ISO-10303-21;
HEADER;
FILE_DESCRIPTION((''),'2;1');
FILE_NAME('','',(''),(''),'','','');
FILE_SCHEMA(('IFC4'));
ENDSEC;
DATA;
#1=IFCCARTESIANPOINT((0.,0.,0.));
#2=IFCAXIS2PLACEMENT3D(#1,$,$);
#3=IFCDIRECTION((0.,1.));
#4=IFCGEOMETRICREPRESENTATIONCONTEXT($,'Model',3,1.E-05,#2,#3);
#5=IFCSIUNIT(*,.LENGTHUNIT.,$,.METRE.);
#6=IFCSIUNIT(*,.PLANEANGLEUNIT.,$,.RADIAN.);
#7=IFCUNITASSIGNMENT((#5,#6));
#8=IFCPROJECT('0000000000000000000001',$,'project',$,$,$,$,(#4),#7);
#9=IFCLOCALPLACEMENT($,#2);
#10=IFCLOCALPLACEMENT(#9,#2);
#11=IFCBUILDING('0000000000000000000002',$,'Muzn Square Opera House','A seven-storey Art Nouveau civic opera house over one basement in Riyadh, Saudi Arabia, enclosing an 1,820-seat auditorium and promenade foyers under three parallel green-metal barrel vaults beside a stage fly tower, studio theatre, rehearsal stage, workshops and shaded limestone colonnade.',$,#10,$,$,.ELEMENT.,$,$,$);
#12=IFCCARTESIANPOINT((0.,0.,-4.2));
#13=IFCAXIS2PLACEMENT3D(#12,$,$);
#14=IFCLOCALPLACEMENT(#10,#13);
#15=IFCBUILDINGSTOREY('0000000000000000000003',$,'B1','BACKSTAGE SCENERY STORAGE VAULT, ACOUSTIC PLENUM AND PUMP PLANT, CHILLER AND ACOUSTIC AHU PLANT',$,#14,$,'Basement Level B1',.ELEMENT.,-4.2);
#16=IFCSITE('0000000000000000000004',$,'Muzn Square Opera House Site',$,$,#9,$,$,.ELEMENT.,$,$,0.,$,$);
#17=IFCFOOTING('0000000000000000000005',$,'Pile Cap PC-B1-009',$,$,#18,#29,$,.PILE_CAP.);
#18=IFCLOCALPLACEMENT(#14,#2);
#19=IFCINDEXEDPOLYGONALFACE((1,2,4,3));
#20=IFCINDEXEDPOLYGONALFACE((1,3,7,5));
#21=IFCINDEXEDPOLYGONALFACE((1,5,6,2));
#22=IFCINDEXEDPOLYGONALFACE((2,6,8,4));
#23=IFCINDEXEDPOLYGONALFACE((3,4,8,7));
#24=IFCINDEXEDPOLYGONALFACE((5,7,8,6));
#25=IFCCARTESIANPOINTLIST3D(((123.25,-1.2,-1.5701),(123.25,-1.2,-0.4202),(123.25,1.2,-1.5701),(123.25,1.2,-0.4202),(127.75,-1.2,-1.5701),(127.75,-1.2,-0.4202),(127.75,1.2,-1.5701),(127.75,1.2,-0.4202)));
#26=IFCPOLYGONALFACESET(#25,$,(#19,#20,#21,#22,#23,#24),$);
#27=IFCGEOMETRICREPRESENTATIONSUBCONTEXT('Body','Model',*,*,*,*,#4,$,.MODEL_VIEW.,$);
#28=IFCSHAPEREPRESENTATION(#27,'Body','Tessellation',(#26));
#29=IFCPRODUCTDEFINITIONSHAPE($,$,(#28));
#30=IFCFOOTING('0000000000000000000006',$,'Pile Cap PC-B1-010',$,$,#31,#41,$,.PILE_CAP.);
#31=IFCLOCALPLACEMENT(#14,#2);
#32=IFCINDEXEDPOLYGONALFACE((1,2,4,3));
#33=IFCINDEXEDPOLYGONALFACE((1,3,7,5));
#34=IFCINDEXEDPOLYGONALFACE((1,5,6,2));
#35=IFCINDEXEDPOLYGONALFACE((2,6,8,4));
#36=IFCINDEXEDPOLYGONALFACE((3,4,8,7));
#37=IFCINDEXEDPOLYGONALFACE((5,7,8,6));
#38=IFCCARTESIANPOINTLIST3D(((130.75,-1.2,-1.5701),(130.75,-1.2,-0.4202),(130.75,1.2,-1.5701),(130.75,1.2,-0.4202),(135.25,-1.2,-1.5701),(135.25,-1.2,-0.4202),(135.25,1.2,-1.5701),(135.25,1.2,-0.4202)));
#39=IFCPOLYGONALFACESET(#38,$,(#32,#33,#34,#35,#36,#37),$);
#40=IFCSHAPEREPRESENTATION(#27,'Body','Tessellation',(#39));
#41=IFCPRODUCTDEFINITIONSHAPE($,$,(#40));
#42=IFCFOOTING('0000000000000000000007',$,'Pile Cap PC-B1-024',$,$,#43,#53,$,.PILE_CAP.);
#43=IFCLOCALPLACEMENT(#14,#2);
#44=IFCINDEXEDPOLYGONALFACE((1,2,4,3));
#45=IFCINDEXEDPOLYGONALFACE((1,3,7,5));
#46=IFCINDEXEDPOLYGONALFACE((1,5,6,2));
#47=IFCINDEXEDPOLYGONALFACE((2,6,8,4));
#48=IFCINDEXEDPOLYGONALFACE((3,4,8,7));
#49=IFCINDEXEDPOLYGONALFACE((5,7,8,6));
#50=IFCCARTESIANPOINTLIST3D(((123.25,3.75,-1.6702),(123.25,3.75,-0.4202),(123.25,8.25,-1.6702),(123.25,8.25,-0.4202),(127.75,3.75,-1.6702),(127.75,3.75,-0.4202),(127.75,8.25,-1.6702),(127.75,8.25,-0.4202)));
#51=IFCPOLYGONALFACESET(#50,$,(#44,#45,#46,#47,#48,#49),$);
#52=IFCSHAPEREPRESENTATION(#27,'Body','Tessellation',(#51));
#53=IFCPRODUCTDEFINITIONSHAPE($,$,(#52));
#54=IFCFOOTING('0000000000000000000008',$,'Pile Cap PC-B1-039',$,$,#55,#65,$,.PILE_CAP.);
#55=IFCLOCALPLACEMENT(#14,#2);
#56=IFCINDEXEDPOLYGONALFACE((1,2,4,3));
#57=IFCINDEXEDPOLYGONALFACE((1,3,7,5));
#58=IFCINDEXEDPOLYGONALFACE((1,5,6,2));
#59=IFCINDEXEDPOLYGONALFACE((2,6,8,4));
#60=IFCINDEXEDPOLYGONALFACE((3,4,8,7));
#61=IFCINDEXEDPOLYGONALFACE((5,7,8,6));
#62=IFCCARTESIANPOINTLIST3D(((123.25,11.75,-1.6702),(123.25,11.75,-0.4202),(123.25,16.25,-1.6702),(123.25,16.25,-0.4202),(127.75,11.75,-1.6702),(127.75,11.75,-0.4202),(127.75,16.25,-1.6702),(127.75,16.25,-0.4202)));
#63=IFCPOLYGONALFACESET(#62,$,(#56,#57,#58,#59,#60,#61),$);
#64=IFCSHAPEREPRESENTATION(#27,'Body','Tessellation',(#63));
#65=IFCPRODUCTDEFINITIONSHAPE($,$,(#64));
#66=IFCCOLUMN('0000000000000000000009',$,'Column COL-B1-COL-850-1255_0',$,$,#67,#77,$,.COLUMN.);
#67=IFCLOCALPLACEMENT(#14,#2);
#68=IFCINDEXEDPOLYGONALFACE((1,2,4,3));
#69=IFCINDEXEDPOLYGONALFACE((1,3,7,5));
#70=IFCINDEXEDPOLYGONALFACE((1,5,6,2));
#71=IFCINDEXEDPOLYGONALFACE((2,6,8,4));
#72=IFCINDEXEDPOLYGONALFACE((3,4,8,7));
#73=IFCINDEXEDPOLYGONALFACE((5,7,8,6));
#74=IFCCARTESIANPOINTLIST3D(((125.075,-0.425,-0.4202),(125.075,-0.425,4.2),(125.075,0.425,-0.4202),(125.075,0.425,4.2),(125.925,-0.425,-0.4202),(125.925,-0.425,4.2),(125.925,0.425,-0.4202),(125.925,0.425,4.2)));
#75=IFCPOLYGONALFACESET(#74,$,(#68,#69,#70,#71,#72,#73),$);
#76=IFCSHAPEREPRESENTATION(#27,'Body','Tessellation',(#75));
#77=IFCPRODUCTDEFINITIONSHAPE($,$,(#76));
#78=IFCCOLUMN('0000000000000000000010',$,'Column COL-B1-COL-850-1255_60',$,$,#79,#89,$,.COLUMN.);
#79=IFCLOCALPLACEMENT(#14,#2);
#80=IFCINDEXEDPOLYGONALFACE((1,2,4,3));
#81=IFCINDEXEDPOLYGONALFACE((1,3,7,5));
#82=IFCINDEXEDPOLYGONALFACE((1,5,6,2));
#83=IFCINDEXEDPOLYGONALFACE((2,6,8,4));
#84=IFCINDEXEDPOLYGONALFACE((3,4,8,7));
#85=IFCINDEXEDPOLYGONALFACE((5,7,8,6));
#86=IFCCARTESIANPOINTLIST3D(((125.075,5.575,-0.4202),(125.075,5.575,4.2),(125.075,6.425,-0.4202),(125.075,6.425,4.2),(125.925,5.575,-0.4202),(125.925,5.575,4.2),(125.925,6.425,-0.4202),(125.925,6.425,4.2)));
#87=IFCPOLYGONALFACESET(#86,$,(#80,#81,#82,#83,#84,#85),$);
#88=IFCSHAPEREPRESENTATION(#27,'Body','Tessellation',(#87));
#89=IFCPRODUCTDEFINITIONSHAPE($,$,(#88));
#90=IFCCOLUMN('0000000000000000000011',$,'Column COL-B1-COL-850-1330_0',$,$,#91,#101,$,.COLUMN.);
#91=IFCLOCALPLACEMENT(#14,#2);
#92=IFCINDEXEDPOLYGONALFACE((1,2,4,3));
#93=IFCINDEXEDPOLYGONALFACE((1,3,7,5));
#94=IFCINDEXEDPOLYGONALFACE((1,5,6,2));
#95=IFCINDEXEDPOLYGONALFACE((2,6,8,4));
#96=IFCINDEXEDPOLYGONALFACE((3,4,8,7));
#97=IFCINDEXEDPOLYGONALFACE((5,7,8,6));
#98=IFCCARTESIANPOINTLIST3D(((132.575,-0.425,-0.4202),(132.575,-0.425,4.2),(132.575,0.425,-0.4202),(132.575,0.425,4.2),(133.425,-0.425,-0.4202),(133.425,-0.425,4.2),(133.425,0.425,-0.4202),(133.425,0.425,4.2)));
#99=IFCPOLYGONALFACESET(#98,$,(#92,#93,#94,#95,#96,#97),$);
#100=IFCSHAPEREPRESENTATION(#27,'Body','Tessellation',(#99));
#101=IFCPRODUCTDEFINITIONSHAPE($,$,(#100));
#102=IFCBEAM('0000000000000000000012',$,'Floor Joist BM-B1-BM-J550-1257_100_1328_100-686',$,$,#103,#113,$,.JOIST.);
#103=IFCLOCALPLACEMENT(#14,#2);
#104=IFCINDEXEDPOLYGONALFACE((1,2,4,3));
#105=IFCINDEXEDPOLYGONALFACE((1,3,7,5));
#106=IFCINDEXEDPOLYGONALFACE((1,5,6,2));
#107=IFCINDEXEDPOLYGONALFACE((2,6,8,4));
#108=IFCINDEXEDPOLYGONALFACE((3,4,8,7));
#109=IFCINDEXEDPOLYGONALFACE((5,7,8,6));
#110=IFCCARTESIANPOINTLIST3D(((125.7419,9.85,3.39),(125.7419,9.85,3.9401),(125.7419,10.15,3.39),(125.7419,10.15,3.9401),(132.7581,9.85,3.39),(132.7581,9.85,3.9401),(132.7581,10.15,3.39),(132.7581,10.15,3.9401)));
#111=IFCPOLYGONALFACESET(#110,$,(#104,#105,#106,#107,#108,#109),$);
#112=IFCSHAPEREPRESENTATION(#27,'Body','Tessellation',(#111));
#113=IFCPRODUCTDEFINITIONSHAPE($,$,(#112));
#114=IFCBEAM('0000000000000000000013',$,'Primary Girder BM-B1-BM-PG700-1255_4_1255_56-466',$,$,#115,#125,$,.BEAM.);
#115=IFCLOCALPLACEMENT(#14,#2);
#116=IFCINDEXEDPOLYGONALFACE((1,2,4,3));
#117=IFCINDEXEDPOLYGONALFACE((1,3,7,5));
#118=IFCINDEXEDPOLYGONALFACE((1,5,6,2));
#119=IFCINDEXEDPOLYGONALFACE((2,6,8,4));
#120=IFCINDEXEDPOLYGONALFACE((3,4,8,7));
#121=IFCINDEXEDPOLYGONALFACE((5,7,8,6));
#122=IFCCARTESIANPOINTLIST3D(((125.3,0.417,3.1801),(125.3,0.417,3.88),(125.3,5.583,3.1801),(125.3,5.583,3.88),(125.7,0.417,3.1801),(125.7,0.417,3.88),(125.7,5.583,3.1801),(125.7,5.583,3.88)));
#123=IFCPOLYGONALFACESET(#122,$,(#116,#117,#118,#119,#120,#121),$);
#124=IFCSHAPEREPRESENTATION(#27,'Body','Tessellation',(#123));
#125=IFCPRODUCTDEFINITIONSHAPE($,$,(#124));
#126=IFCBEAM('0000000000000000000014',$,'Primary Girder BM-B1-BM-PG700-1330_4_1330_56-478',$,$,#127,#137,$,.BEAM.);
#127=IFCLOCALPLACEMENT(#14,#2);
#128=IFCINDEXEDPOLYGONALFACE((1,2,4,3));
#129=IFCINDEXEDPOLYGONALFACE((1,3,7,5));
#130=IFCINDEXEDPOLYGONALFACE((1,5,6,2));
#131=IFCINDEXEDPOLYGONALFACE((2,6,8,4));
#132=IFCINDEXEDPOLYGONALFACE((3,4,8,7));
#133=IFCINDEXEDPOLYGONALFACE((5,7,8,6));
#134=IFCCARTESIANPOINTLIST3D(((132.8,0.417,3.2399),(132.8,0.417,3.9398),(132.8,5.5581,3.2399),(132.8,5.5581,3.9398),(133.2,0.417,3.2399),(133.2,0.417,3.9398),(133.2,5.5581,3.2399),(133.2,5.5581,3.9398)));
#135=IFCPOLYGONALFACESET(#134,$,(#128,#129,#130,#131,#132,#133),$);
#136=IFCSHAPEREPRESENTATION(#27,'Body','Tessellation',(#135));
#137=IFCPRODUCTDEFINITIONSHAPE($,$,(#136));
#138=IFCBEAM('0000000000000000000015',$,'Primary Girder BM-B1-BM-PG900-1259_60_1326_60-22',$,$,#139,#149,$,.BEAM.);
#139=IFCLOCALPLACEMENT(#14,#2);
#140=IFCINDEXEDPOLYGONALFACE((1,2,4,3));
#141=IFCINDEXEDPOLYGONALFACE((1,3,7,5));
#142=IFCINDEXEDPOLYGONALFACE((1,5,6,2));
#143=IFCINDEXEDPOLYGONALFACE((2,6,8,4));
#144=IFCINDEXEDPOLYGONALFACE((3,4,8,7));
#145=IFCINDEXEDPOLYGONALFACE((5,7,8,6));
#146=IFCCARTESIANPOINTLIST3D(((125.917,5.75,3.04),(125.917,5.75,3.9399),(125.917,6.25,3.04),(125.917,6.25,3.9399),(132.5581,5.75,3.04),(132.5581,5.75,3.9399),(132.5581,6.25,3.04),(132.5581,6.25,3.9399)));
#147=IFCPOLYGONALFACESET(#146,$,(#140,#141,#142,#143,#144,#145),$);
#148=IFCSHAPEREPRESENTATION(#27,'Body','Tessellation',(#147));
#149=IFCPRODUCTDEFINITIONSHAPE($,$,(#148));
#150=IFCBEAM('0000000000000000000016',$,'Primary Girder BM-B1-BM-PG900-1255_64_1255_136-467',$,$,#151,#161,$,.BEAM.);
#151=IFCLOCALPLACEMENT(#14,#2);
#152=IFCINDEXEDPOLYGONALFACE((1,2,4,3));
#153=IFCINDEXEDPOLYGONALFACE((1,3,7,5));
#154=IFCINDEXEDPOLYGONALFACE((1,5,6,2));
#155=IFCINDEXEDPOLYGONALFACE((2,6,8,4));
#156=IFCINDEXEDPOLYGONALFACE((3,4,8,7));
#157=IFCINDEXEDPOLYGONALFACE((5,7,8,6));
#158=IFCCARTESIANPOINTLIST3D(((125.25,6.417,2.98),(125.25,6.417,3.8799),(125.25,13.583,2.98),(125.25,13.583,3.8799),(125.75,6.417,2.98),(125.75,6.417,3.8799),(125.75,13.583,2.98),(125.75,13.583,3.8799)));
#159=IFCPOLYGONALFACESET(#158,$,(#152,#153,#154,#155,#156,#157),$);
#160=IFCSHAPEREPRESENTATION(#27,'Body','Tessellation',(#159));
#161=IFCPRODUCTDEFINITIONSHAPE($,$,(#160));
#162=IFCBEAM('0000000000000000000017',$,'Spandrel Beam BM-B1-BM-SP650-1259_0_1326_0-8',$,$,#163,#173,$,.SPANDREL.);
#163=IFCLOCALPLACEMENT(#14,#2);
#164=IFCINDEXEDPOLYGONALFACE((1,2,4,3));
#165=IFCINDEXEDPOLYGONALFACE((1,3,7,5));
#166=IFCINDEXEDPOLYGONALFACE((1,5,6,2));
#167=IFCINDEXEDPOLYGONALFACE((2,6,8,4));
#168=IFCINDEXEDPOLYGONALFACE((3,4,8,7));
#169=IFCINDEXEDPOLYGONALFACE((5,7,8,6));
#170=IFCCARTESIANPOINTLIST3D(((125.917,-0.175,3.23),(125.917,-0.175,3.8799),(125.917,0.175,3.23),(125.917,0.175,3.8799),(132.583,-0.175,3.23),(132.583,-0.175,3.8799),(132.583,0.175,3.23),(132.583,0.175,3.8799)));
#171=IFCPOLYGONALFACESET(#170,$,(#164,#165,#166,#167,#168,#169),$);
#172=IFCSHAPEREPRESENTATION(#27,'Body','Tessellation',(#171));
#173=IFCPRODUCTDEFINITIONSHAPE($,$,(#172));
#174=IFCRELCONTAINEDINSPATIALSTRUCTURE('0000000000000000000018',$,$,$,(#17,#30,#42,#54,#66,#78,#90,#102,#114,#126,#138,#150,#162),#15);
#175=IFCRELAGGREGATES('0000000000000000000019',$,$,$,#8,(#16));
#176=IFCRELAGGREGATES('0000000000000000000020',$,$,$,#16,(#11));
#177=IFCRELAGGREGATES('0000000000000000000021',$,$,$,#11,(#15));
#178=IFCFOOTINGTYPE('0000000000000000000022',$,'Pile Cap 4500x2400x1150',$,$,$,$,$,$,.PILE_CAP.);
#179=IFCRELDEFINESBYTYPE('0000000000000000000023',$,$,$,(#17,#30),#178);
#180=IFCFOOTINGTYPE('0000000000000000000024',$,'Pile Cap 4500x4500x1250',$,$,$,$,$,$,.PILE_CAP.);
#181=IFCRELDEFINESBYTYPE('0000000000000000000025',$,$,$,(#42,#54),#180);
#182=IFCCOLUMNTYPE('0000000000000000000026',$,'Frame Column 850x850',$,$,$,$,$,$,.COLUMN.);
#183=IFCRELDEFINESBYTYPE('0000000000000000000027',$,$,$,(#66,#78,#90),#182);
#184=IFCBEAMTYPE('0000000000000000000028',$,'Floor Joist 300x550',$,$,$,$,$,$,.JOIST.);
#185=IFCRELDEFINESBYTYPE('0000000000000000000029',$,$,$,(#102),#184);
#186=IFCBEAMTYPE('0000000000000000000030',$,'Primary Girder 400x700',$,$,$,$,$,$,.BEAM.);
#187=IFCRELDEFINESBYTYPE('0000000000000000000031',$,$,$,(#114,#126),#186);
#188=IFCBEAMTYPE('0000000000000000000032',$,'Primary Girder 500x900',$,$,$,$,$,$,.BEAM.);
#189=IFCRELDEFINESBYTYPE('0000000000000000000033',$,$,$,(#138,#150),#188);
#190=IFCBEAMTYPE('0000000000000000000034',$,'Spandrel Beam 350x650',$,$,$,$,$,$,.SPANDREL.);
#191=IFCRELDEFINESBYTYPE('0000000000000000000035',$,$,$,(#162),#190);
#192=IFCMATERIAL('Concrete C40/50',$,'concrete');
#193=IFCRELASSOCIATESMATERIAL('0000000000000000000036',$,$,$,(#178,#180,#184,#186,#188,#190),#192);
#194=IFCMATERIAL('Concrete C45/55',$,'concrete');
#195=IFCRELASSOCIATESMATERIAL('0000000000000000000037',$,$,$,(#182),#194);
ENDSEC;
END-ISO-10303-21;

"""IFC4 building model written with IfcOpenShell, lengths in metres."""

from ifc_helpers import new_model, si_unit, direction, frame, origin, origin_2d, place, context, subcontext, project, spatial, rectangle, extrude, material, material_profile, profile_set, type_object, element, save


model = new_model("IFC4")

# Units and contexts
model_context = context("Model", 3, precision=1e-05, world=origin(), true_north=direction((0.0, 1.0)))
body_context = subcontext(model_context, "Body", "Model", "MODEL_VIEW")
ifc_project = project(units=[si_unit("LENGTHUNIT", "METRE"), si_unit("PLANEANGLEUNIT", "RADIAN")], contexts=[model_context])

# Site, building, storey
site_placement = place(None, origin())
site = spatial("IfcSite", under=ifc_project, at=site_placement, Name="Muzn Square Opera House Site", CompositionType="ELEMENT", RefElevation=0.0)
building_placement = place(site_placement, origin())
building = spatial("IfcBuilding", under=site, at=building_placement, Name="Muzn Square Opera House", Description="A seven-storey Art Nouveau civic opera house over one basement in Riyadh, Saudi Arabia, enclosing an 1,820-seat auditorium and promenade foyers under three parallel green-metal barrel vaults beside a stage fly tower, studio theatre, rehearsal stage, workshops and shaded limestone colonnade.", CompositionType="ELEMENT")
storey_placement = place(building_placement, frame((0.0, 0.0, -4.2)))
storey = spatial("IfcBuildingStorey", under=building, at=storey_placement, Name="B1", Description="BACKSTAGE SCENERY STORAGE VAULT, ACOUSTIC PLENUM AND PUMP PLANT, CHILLER AND ACOUSTIC AHU PLANT", LongName="Basement Level B1", CompositionType="ELEMENT", Elevation=-4.2)

# Shared definitions
ifc_material_1 = material(Name="Concrete C40/50", Category="concrete")

# Footings
footing_type_1 = type_object("IfcFootingType", Name="Pile Cap 4500x2400x1150", PredefinedType="PILE_CAP", material=ifc_material_1)
for number, where, z_axis, x_axis, name in (
    (1, (125.5, 0.0, -1.5701), (0.0, 0.0, 1.0), (1.0, 0.0, 0.0), "Pile Cap PC-B1-009"),
    (2, (133.0, 0.0, -1.5701), (0.0, 0.0, 1.0), (1.0, 0.0, 0.0), "Pile Cap PC-B1-010"),
):
    element("IfcFooting", number, at=place(storey_placement, frame(where, z_axis=z_axis, x_axis=x_axis)), inside=storey, type_object=footing_type_1, Name=name, PredefinedType="PILE_CAP", context=body_context, shape_type="SweptSolid", body=[
        extrude(rectangle(XDim=4.5, YDim=2.3999, at=origin_2d()), origin(), (0.0, 0.0, 1.0), 1.1499),
    ])
footing_type_2 = type_object("IfcFootingType", Name="Pile Cap 4500x4500x1250", PredefinedType="PILE_CAP", material=ifc_material_1)
for number, where, z_axis, x_axis, name in (
    (3, (125.5, 6.0, -1.6702), (0.0, 0.0, 1.0), (1.0, 0.0, 0.0), "Pile Cap PC-B1-024"),
    (4, (125.5, 14.0, -1.6702), (0.0, 0.0, 1.0), (1.0, 0.0, 0.0), "Pile Cap PC-B1-039"),
):
    element("IfcFooting", number, at=place(storey_placement, frame(where, z_axis=z_axis, x_axis=x_axis)), inside=storey, type_object=footing_type_2, Name=name, PredefinedType="PILE_CAP", context=body_context, shape_type="SweptSolid", body=[
        extrude(rectangle(XDim=4.5, YDim=4.5, at=origin_2d()), origin(), (0.0, 0.0, 1.0), 1.25),
    ])

# Columns
ifc_material_2 = material(Name="Concrete C45/55", Category="concrete")
ifc_material_profile_1 = material_profile(ifc_material_2, rectangle(XDim=0.8501, YDim=0.8501, at=origin_2d()), Name="RC 850x850", Category="concrete")
ifc_profile_set_1 = profile_set([ifc_material_profile_1], Name="Concrete C45/55")
column_type = type_object("IfcColumnType", Name="Frame Column 850x850", PredefinedType="COLUMN", material=ifc_profile_set_1)
for number, where, z_axis, x_axis, name in (
    (5, (125.5, 0.0, -0.4202), (0.0, 0.0, 1.0), (1.0, 0.0, 0.0), "Column COL-B1-COL-850-1255_0"),
    (6, (125.5, 6.0, -0.4202), (0.0, 0.0, 1.0), (1.0, 0.0, 0.0), "Column COL-B1-COL-850-1255_60"),
    (7, (133.0, 0.0, -0.4202), (0.0, 0.0, 1.0), (1.0, 0.0, 0.0), "Column COL-B1-COL-850-1330_0"),
):
    element("IfcColumn", number, at=place(storey_placement, frame(where, z_axis=z_axis, x_axis=x_axis)), inside=storey, type_object=column_type, Name=name, PredefinedType="COLUMN", context=body_context, shape_type="SweptSolid", body=[
        extrude(rectangle(XDim=0.8501, YDim=0.8501, at=origin_2d()), origin(), (0.0, 0.0, 1.0), 4.6201),
    ])

# Beams
ifc_material_profile_2 = material_profile(ifc_material_1, rectangle(XDim=0.3, YDim=0.55, at=origin_2d()), Name="RCJ 300x550", Category="concrete")
ifc_profile_set_2 = profile_set([ifc_material_profile_2], Name="Concrete C40/50")
beam_type_1 = type_object("IfcBeamType", Name="Floor Joist 300x550", PredefinedType="JOIST", material=ifc_profile_set_2)
beam_1_placement = place(storey_placement, frame((125.7419, 10.0, 3.665), z_axis=(1.0, 0.0, 0.0), x_axis=(0.0, 1.0, 0.0)))
element("IfcBeam", 8, at=beam_1_placement, inside=storey, type_object=beam_type_1, Name="Floor Joist BM-B1-BM-J550-1257_100_1328_100-686", PredefinedType="JOIST", context=body_context, shape_type="SweptSolid", body=[
    extrude(rectangle(XDim=0.3, YDim=0.55, at=origin_2d()), origin(), (0.0, 0.0, 1.0), 7.0161),
])
ifc_material_profile_3 = material_profile(ifc_material_1, rectangle(XDim=0.3999, YDim=0.7, at=origin_2d()), Name="RCB 400x700", Category="concrete")
ifc_profile_set_3 = profile_set([ifc_material_profile_3], Name="Concrete C40/50")
beam_type_2 = type_object("IfcBeamType", Name="Primary Girder 400x700", PredefinedType="BEAM", material=ifc_profile_set_3)
beam_2_placement = place(storey_placement, frame((125.5, 0.417, 3.53), z_axis=(0.0, 1.0, 0.0), x_axis=(-1.0, 0.0, 0.0)))
element("IfcBeam", 9, at=beam_2_placement, inside=storey, type_object=beam_type_2, Name="Primary Girder BM-B1-BM-PG700-1255_4_1255_56-466", PredefinedType="BEAM", context=body_context, shape_type="SweptSolid", body=[
    extrude(rectangle(XDim=0.3999, YDim=0.7, at=origin_2d()), origin(), (0.0, 0.0, 1.0), 5.166),
])
beam_3_placement = place(storey_placement, frame((133.0, 0.417, 3.5898), z_axis=(0.0, 1.0, 0.0), x_axis=(-1.0, 0.0, 0.0)))
element("IfcBeam", 10, at=beam_3_placement, inside=storey, type_object=beam_type_2, Name="Primary Girder BM-B1-BM-PG700-1330_4_1330_56-478", PredefinedType="BEAM", context=body_context, shape_type="SweptSolid", body=[
    extrude(rectangle(XDim=0.3999, YDim=0.7, at=origin_2d()), origin(), (0.0, 0.0, 1.0), 5.1411),
])
ifc_material_profile_4 = material_profile(ifc_material_1, rectangle(XDim=0.5, YDim=0.8999, at=origin_2d()), Name="RCB 500x900", Category="concrete")
ifc_profile_set_4 = profile_set([ifc_material_profile_4], Name="Concrete C40/50")
beam_type_3 = type_object("IfcBeamType", Name="Primary Girder 500x900", PredefinedType="BEAM", material=ifc_profile_set_4)
beam_4_placement = place(storey_placement, frame((125.917, 6.0, 3.49), z_axis=(1.0, 0.0, 0.0), x_axis=(0.0, 1.0, 0.0)))
element("IfcBeam", 11, at=beam_4_placement, inside=storey, type_object=beam_type_3, Name="Primary Girder BM-B1-BM-PG900-1259_60_1326_60-22", PredefinedType="BEAM", context=body_context, shape_type="SweptSolid", body=[
    extrude(rectangle(XDim=0.5, YDim=0.8999, at=origin_2d()), origin(), (0.0, 0.0, 1.0), 6.6411),
])
beam_5_placement = place(storey_placement, frame((125.5, 6.417, 3.4299), z_axis=(0.0, 1.0, 0.0), x_axis=(-1.0, 0.0, 0.0)))
element("IfcBeam", 12, at=beam_5_placement, inside=storey, type_object=beam_type_3, Name="Primary Girder BM-B1-BM-PG900-1255_64_1255_136-467", PredefinedType="BEAM", context=body_context, shape_type="SweptSolid", body=[
    extrude(rectangle(XDim=0.5, YDim=0.8999, at=origin_2d()), origin(), (0.0, 0.0, 1.0), 7.166),
])
ifc_material_profile_5 = material_profile(ifc_material_1, rectangle(XDim=0.3501, YDim=0.6499, at=origin_2d()), Name="RCS 350x650", Category="concrete")
ifc_profile_set_5 = profile_set([ifc_material_profile_5], Name="Concrete C40/50")
beam_type_4 = type_object("IfcBeamType", Name="Spandrel Beam 350x650", PredefinedType="SPANDREL", material=ifc_profile_set_5)
beam_6_placement = place(storey_placement, frame((125.917, 0.0, 3.5549), z_axis=(1.0, 0.0, 0.0), x_axis=(0.0, 1.0, 0.0)))
element("IfcBeam", 13, at=beam_6_placement, inside=storey, type_object=beam_type_4, Name="Spandrel Beam BM-B1-BM-SP650-1259_0_1326_0-8", PredefinedType="SPANDREL", context=body_context, shape_type="SweptSolid", body=[
    extrude(rectangle(XDim=0.3501, YDim=0.6499, at=origin_2d()), origin(), (0.0, 0.0, 1.0), 6.666),
])

save(model, "model.ifc")
